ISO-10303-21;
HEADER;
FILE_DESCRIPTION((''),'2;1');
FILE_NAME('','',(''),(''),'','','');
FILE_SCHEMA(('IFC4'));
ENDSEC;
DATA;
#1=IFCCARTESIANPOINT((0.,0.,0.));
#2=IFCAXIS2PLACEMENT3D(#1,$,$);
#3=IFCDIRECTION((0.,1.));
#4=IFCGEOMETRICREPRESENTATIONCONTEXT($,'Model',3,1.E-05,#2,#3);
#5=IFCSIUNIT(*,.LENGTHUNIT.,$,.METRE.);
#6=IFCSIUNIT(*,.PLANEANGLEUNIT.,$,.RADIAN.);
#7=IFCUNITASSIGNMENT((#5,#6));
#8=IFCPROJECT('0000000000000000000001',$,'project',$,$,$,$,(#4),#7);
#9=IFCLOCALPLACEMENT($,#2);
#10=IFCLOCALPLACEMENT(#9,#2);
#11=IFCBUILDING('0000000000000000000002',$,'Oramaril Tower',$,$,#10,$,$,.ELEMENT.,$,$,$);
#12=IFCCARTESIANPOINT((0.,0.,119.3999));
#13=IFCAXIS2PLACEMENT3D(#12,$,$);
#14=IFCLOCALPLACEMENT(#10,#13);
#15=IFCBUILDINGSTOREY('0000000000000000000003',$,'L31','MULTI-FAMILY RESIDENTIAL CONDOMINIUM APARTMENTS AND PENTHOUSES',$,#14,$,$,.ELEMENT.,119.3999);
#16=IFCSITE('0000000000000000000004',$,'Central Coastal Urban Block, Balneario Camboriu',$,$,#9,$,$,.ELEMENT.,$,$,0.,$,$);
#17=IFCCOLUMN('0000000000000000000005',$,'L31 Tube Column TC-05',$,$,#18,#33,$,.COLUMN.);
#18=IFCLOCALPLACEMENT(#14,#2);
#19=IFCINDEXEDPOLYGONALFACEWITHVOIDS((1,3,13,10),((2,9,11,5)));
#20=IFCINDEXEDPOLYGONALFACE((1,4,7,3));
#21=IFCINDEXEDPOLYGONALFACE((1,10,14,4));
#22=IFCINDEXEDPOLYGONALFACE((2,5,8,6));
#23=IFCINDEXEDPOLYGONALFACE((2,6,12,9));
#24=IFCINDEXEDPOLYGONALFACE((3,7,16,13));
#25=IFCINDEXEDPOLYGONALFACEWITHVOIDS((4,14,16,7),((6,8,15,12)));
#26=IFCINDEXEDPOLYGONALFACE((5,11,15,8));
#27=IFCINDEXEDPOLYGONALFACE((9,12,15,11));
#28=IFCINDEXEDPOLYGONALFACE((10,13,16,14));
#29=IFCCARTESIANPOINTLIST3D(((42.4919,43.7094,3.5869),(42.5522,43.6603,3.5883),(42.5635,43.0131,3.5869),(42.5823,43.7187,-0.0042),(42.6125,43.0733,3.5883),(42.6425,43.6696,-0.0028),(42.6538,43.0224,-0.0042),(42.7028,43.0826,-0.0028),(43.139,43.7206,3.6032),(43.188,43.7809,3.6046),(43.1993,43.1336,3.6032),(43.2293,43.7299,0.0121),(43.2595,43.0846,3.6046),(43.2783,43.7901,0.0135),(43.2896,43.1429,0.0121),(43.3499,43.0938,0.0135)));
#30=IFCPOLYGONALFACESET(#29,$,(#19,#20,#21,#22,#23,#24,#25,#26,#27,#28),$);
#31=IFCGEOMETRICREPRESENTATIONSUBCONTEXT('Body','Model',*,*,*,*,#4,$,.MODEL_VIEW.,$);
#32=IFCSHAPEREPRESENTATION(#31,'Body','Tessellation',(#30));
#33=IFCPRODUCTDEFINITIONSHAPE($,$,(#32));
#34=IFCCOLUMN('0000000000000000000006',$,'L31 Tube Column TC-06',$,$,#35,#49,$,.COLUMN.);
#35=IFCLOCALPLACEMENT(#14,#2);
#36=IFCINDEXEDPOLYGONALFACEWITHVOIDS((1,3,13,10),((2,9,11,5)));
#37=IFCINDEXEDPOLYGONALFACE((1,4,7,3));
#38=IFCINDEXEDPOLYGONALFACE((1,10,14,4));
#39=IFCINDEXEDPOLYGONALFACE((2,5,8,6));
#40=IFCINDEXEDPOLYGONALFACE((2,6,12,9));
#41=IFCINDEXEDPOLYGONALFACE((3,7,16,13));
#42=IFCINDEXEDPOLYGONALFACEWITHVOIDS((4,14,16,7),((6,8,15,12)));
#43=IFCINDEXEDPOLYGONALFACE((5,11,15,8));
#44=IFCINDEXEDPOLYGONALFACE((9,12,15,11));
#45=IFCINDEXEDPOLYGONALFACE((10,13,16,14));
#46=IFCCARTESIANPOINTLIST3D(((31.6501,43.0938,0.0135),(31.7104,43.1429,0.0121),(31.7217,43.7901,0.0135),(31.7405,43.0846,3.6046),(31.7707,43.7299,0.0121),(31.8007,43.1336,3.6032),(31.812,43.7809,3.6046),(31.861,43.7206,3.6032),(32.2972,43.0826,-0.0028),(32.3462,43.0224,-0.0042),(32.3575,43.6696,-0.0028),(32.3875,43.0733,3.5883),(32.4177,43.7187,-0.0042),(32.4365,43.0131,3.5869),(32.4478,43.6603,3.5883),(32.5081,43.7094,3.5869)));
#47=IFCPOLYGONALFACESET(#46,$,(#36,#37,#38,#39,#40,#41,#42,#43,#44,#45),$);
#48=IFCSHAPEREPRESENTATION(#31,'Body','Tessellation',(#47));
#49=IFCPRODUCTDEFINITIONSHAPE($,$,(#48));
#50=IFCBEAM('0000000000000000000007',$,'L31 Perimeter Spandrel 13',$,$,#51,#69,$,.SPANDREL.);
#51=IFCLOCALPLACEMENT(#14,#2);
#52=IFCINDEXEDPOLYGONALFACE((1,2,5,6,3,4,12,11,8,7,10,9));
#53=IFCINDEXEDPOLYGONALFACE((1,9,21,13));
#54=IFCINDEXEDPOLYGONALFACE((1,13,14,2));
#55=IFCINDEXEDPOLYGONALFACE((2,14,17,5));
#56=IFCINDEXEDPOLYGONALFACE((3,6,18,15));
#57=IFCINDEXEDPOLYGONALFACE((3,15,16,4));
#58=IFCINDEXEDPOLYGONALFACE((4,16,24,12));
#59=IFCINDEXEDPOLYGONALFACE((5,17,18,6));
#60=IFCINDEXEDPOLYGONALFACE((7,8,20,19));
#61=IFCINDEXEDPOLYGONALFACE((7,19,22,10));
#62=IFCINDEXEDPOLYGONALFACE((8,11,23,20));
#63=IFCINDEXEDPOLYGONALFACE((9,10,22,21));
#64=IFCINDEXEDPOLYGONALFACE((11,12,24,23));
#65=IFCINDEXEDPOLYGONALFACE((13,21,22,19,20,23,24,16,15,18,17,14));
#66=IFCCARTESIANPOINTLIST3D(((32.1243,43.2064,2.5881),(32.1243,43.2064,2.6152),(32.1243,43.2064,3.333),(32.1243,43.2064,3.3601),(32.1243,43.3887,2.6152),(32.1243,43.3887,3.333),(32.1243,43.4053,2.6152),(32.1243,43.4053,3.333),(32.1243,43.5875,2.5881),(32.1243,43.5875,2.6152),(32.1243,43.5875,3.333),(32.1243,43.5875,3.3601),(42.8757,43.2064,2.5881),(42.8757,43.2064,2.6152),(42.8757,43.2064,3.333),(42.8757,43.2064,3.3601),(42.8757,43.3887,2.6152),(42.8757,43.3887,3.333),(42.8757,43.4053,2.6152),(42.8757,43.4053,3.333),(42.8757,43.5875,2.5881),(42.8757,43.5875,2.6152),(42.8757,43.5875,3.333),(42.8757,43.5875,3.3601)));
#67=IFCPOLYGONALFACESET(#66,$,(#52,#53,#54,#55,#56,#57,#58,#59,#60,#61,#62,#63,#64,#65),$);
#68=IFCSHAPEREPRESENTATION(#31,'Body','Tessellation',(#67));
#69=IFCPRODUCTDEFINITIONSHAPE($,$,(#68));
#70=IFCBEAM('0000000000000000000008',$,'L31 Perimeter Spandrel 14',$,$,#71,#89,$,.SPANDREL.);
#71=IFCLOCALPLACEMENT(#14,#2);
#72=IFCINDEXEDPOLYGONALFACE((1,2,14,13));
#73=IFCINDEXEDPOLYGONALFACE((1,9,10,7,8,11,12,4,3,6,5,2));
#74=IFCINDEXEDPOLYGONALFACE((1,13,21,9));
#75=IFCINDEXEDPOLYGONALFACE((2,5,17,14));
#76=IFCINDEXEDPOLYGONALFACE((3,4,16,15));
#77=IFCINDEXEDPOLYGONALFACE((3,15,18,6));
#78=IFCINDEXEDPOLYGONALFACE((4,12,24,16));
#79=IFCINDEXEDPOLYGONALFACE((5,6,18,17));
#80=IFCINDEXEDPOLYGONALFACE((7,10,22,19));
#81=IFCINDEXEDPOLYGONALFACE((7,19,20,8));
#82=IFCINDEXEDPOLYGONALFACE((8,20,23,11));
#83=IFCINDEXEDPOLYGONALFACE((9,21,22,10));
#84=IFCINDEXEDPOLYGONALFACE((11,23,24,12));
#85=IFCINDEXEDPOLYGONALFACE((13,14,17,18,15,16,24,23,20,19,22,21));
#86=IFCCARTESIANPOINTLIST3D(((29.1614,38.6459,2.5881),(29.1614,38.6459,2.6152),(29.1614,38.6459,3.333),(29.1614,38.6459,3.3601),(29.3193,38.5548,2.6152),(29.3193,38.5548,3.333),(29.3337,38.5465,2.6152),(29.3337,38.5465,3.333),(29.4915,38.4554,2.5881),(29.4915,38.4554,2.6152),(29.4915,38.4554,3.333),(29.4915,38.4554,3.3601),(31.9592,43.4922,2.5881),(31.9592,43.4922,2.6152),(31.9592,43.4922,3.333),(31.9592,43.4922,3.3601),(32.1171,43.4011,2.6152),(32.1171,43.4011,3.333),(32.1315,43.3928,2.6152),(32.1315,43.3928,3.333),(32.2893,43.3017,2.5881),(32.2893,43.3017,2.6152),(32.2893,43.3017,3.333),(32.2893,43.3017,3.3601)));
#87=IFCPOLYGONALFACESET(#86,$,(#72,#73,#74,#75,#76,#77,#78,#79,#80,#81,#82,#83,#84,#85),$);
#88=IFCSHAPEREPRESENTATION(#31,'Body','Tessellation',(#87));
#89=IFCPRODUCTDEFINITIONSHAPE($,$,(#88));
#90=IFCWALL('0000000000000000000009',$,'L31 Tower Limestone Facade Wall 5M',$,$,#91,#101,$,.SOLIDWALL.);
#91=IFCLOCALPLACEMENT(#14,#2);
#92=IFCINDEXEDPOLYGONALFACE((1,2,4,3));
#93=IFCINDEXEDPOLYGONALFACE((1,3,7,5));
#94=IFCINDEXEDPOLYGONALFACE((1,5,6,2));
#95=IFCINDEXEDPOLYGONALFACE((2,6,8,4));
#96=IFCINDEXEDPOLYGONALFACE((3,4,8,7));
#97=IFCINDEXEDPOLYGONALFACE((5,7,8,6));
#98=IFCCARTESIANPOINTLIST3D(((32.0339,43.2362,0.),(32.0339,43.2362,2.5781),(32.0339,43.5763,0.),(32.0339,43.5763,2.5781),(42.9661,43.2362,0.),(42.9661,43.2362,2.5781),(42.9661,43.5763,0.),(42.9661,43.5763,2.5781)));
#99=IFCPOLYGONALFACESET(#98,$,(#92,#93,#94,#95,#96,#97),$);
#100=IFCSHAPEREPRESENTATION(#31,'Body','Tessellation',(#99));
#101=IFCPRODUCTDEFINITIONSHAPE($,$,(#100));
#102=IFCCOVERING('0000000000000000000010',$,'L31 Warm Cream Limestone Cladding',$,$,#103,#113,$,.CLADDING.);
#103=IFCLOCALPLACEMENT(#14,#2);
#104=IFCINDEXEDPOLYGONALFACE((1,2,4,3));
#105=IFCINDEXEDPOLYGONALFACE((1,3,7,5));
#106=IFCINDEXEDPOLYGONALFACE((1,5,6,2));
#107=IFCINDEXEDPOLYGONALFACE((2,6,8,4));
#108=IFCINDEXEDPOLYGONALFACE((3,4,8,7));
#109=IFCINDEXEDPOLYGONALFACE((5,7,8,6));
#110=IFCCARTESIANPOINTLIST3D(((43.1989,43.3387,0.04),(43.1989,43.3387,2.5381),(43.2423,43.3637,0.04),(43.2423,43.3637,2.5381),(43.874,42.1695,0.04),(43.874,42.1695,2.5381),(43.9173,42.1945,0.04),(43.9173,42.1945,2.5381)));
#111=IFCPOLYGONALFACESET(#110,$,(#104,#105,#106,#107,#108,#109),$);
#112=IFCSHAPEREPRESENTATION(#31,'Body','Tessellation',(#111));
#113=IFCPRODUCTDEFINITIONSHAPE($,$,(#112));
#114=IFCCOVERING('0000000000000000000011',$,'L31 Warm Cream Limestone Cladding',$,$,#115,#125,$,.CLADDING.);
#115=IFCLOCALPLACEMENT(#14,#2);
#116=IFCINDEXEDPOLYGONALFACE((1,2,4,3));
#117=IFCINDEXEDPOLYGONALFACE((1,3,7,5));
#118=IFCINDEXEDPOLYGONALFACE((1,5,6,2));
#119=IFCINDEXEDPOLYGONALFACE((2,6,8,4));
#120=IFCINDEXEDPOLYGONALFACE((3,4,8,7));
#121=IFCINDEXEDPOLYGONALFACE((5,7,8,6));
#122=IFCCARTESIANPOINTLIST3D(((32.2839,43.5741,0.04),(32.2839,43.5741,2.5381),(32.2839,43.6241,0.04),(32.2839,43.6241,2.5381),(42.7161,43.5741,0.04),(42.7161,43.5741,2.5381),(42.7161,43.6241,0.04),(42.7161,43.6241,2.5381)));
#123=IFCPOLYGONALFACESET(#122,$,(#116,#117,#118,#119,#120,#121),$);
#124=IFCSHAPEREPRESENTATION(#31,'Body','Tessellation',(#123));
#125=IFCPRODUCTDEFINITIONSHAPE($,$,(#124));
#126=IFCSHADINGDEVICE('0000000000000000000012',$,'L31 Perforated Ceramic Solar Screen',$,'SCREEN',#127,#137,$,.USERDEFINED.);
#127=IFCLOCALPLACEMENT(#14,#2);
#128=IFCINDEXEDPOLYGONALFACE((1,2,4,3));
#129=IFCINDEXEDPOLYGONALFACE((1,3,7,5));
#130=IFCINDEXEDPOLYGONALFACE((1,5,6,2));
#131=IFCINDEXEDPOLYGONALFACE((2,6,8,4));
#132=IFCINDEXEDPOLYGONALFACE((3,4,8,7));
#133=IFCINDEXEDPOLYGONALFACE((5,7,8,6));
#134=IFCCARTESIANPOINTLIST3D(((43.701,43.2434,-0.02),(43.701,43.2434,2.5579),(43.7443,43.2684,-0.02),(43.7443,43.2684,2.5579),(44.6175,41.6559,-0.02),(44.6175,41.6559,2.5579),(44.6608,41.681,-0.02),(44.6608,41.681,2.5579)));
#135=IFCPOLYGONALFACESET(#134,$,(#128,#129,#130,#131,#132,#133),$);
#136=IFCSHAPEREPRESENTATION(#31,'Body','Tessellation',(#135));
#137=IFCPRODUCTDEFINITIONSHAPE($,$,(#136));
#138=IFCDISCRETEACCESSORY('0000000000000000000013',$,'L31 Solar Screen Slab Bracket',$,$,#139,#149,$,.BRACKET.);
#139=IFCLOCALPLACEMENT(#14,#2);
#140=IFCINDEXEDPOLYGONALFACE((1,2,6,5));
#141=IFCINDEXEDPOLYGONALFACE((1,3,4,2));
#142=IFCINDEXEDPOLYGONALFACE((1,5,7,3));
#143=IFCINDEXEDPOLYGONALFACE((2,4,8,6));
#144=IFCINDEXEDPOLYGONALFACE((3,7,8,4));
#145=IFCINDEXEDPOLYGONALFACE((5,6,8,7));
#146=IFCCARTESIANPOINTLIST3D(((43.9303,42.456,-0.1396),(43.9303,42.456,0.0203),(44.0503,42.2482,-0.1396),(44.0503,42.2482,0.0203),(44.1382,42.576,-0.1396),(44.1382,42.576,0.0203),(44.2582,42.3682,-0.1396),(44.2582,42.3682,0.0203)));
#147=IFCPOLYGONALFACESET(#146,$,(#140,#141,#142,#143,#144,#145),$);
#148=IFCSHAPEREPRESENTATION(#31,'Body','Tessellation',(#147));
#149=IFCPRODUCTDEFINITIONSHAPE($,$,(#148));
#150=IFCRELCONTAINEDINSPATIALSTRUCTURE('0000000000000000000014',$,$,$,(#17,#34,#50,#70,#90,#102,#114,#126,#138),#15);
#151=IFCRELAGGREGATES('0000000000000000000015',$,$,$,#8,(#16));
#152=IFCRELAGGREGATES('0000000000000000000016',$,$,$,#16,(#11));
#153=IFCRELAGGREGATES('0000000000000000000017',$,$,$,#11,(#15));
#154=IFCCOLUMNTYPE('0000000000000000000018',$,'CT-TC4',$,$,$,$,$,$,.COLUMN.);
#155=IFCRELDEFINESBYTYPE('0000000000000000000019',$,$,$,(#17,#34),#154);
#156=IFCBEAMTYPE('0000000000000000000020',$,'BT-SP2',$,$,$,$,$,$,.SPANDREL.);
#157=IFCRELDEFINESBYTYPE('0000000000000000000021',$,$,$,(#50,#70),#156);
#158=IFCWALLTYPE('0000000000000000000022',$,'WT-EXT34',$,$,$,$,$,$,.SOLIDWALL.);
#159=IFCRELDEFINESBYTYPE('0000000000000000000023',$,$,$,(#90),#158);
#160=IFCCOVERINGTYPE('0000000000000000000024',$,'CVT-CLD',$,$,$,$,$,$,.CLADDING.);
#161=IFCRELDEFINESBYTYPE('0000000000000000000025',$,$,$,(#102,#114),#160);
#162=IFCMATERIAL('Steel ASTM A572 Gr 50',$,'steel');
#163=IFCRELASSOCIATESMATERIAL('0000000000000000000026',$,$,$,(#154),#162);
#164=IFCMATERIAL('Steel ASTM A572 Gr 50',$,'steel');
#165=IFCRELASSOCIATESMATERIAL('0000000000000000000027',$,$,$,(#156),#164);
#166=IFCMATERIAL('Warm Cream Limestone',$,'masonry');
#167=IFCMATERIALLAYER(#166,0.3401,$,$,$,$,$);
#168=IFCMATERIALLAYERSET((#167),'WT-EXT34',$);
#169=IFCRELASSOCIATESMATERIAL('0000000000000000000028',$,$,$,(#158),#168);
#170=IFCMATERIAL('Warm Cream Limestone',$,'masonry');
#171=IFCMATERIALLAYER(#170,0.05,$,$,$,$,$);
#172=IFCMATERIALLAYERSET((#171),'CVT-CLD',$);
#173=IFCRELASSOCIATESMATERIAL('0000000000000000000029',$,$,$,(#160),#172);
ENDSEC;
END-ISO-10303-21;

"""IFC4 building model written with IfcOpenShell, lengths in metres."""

from ifc_helpers import new_model, si_unit, direction, frame, frame_2d, origin, origin_2d, place, context, subcontext, project, spatial, rectangle, hollow_rectangle, i_section, extrude, material, layer, layer_set, material_profile, profile_set, type_object, element, save


model = new_model("IFC4")

# Units and contexts
model_context = context("Model", 3, precision=1e-05, world=origin(), true_north=direction((0.0, 1.0)))
body_context = subcontext(model_context, "Body", "Model", "MODEL_VIEW")
ifc_project = project(units=[si_unit("LENGTHUNIT", "METRE"), si_unit("PLANEANGLEUNIT", "RADIAN")], contexts=[model_context])

# Site, building, storey
site_placement = place(None, origin())
site = spatial("IfcSite", under=ifc_project, at=site_placement, Name="Central Coastal Urban Block, Balneario Camboriu", CompositionType="ELEMENT", RefElevation=0.0)
building_placement = place(site_placement, origin())
building = spatial("IfcBuilding", under=site, at=building_placement, Name="Oramaril Tower", CompositionType="ELEMENT")
storey_placement = place(building_placement, frame((0.0, 0.0, 119.3999)))
storey = spatial("IfcBuildingStorey", under=building, at=storey_placement, Name="L31", Description="MULTI-FAMILY RESIDENTIAL CONDOMINIUM APARTMENTS AND PENTHOUSES", CompositionType="ELEMENT", Elevation=119.3999)

# Columns
ifc_material_1 = material(Name="Steel ASTM A572 Gr 50", Category="steel")
ifc_material_profile_1 = material_profile(ifc_material_1, hollow_rectangle(XDim=0.7, YDim=0.7, WallThickness=0.0549, at=origin_2d()), Name="BOX700X700X55")
ifc_profile_set_1 = profile_set([ifc_material_profile_1], Name="Steel ASTM A572 Gr 50")
column_type = type_object("IfcColumnType", Name="CT-TC4", PredefinedType="COLUMN", material=ifc_profile_set_1)
for number, where, z_axis, x_axis, name in (
    (1, (42.9661, 43.4062, 0.0046), (-0.025147, -0.002583, 0.99968), (0.102165, -0.994767, 0.0), "L31 Tube Column TC-05"),
    (2, (32.0339, 43.4062, 0.0046), (0.025147, -0.002583, 0.99968), (0.102165, 0.994767, 0.0), "L31 Tube Column TC-06"),
):
    element("IfcColumn", number, at=place(storey_placement, frame(where, z_axis=z_axis, x_axis=x_axis)), inside=storey, type_object=column_type, Name=name, PredefinedType="COLUMN", context=body_context, shape_type="SweptSolid", body=[
        extrude(hollow_rectangle(XDim=0.7, YDim=0.7, WallThickness=0.0549, at=origin_2d()), origin(), (0.0, 0.0, 1.0), 3.5923),
    ])

# Beams
ifc_material_2 = material(Name="Steel ASTM A572 Gr 50", Category="steel")
ifc_material_profile_2 = material_profile(ifc_material_2, i_section(OverallWidth=0.3811, OverallDepth=0.772, WebThickness=0.0166, FlangeThickness=0.0271, at=origin_2d()), Name="W30X173")
ifc_profile_set_2 = profile_set([ifc_material_profile_2], Name="Steel ASTM A572 Gr 50")
beam_type = type_object("IfcBeamType", Name="BT-SP2", PredefinedType="SPANDREL", material=ifc_profile_set_2)
beam_1_placement = place(storey_placement, frame((42.8757, 43.397, 2.9741), z_axis=(-1.0, 0.0, 0.0), x_axis=(0.0, -1.0, 0.0)))
element("IfcBeam", 3, at=beam_1_placement, inside=storey, type_object=beam_type, Name="L31 Perimeter Spandrel 13", PredefinedType="SPANDREL", context=body_context, shape_type="SweptSolid", body=[
    extrude(i_section(OverallWidth=0.3811, OverallDepth=0.772, WebThickness=0.0166, FlangeThickness=0.0271, at=origin_2d()), origin(), (0.0, 0.0, 1.0), 10.7515),
])
beam_2_placement = place(storey_placement, frame((32.1243, 43.397, 2.9741), z_axis=(-0.499968, -0.866044, 0.0), x_axis=(0.866044, -0.499968, 0.0)))
element("IfcBeam", 4, at=beam_2_placement, inside=storey, type_object=beam_type, Name="L31 Perimeter Spandrel 14", PredefinedType="SPANDREL", context=body_context, shape_type="SweptSolid", body=[
    extrude(i_section(OverallWidth=0.3811, OverallDepth=0.772, WebThickness=0.0166, FlangeThickness=0.0271, at=origin_2d()), origin(), (0.0, 0.0, 1.0), 5.5959),
])

# Wall
ifc_material_3 = material(Name="Warm Cream Limestone", Category="masonry")
ifc_layer_1 = layer(ifc_material_3, 0.3401)
ifc_layer_set_1 = layer_set([ifc_layer_1], Name="WT-EXT34")
wall_type = type_object("IfcWallType", Name="WT-EXT34", PredefinedType="SOLIDWALL", material=ifc_layer_set_1)
wall_1_placement = place(storey_placement, frame((42.9661, 43.4062, 0.0), z_axis=(0.0, 0.0, 1.0), x_axis=(-1.0, 0.0, 0.0)))
element("IfcWall", 5, at=wall_1_placement, inside=storey, type_object=wall_type, Name="L31 Tower Limestone Facade Wall 5M", PredefinedType="SOLIDWALL", context=body_context, shape_type="SweptSolid", body=[
    extrude(rectangle(XDim=10.9321, YDim=0.3401, at=frame_2d((5.4661, 0.0))), origin(), (0.0, 0.0, 1.0), 2.5781),
])

# Coverings
ifc_material_4 = material(Name="Warm Cream Limestone", Category="masonry")
ifc_layer_2 = layer(ifc_material_4, 0.05)
ifc_layer_set_2 = layer_set([ifc_layer_2], Name="CVT-CLD")
covering_type = type_object("IfcCoveringType", Name="CVT-CLD", PredefinedType="CLADDING", material=ifc_layer_set_2)
covering_1_placement = place(storey_placement, frame((43.5581, 42.7666, 0.04), z_axis=(0.0, 0.0, 1.0), x_axis=(-0.5, 0.866025, 0.0)))
element("IfcCovering", 6, at=covering_1_placement, inside=storey, type_object=covering_type, Name="L31 Warm Cream Limestone Cladding", PredefinedType="CLADDING", context=body_context, shape_type="SweptSolid", body=[
    extrude(rectangle(XDim=1.3501, YDim=0.05, at=origin_2d()), origin(), (0.0, 0.0, 1.0), 2.498),
])
covering_2_placement = place(storey_placement, frame((37.5, 43.5991, 0.04), z_axis=(0.0, 0.0, 1.0), x_axis=(-1.0, 0.0, 0.0)))
element("IfcCovering", 7, at=covering_2_placement, inside=storey, type_object=covering_type, Name="L31 Warm Cream Limestone Cladding", PredefinedType="CLADDING", context=body_context, shape_type="SweptSolid", body=[
    extrude(rectangle(XDim=10.4321, YDim=0.05, at=origin_2d()), origin(), (0.0, 0.0, 1.0), 2.498),
])

# Shading device
shading_device_placement = place(storey_placement, frame((44.1809, 42.4622, -0.02), z_axis=(0.0, 0.0, 1.0), x_axis=(-0.5, 0.866025, 0.0)))
element("IfcShadingDevice", 8, at=shading_device_placement, inside=storey, Name="L31 Perforated Ceramic Solar Screen", ObjectType="SCREEN", PredefinedType="USERDEFINED", context=body_context, shape_type="SweptSolid", body=[
    extrude(rectangle(XDim=1.833, YDim=0.05, at=origin_2d()), origin(), (0.0, 0.0, 1.0), 2.5779),
])

# Discrete accessory
discrete_accessory_placement = place(storey_placement, frame((44.0942, 42.4121, -0.1396), z_axis=(0.0, 0.0, 1.0), x_axis=(-0.5, 0.866025, 0.0)))
element("IfcDiscreteAccessory", 9, at=discrete_accessory_placement, inside=storey, Name="L31 Solar Screen Slab Bracket", PredefinedType="BRACKET", context=body_context, shape_type="SweptSolid", body=[
    extrude(rectangle(XDim=0.24, YDim=0.24, at=origin_2d()), origin(), (0.0, 0.0, 1.0), 0.1599),
])

save(model, "model.ifc")
